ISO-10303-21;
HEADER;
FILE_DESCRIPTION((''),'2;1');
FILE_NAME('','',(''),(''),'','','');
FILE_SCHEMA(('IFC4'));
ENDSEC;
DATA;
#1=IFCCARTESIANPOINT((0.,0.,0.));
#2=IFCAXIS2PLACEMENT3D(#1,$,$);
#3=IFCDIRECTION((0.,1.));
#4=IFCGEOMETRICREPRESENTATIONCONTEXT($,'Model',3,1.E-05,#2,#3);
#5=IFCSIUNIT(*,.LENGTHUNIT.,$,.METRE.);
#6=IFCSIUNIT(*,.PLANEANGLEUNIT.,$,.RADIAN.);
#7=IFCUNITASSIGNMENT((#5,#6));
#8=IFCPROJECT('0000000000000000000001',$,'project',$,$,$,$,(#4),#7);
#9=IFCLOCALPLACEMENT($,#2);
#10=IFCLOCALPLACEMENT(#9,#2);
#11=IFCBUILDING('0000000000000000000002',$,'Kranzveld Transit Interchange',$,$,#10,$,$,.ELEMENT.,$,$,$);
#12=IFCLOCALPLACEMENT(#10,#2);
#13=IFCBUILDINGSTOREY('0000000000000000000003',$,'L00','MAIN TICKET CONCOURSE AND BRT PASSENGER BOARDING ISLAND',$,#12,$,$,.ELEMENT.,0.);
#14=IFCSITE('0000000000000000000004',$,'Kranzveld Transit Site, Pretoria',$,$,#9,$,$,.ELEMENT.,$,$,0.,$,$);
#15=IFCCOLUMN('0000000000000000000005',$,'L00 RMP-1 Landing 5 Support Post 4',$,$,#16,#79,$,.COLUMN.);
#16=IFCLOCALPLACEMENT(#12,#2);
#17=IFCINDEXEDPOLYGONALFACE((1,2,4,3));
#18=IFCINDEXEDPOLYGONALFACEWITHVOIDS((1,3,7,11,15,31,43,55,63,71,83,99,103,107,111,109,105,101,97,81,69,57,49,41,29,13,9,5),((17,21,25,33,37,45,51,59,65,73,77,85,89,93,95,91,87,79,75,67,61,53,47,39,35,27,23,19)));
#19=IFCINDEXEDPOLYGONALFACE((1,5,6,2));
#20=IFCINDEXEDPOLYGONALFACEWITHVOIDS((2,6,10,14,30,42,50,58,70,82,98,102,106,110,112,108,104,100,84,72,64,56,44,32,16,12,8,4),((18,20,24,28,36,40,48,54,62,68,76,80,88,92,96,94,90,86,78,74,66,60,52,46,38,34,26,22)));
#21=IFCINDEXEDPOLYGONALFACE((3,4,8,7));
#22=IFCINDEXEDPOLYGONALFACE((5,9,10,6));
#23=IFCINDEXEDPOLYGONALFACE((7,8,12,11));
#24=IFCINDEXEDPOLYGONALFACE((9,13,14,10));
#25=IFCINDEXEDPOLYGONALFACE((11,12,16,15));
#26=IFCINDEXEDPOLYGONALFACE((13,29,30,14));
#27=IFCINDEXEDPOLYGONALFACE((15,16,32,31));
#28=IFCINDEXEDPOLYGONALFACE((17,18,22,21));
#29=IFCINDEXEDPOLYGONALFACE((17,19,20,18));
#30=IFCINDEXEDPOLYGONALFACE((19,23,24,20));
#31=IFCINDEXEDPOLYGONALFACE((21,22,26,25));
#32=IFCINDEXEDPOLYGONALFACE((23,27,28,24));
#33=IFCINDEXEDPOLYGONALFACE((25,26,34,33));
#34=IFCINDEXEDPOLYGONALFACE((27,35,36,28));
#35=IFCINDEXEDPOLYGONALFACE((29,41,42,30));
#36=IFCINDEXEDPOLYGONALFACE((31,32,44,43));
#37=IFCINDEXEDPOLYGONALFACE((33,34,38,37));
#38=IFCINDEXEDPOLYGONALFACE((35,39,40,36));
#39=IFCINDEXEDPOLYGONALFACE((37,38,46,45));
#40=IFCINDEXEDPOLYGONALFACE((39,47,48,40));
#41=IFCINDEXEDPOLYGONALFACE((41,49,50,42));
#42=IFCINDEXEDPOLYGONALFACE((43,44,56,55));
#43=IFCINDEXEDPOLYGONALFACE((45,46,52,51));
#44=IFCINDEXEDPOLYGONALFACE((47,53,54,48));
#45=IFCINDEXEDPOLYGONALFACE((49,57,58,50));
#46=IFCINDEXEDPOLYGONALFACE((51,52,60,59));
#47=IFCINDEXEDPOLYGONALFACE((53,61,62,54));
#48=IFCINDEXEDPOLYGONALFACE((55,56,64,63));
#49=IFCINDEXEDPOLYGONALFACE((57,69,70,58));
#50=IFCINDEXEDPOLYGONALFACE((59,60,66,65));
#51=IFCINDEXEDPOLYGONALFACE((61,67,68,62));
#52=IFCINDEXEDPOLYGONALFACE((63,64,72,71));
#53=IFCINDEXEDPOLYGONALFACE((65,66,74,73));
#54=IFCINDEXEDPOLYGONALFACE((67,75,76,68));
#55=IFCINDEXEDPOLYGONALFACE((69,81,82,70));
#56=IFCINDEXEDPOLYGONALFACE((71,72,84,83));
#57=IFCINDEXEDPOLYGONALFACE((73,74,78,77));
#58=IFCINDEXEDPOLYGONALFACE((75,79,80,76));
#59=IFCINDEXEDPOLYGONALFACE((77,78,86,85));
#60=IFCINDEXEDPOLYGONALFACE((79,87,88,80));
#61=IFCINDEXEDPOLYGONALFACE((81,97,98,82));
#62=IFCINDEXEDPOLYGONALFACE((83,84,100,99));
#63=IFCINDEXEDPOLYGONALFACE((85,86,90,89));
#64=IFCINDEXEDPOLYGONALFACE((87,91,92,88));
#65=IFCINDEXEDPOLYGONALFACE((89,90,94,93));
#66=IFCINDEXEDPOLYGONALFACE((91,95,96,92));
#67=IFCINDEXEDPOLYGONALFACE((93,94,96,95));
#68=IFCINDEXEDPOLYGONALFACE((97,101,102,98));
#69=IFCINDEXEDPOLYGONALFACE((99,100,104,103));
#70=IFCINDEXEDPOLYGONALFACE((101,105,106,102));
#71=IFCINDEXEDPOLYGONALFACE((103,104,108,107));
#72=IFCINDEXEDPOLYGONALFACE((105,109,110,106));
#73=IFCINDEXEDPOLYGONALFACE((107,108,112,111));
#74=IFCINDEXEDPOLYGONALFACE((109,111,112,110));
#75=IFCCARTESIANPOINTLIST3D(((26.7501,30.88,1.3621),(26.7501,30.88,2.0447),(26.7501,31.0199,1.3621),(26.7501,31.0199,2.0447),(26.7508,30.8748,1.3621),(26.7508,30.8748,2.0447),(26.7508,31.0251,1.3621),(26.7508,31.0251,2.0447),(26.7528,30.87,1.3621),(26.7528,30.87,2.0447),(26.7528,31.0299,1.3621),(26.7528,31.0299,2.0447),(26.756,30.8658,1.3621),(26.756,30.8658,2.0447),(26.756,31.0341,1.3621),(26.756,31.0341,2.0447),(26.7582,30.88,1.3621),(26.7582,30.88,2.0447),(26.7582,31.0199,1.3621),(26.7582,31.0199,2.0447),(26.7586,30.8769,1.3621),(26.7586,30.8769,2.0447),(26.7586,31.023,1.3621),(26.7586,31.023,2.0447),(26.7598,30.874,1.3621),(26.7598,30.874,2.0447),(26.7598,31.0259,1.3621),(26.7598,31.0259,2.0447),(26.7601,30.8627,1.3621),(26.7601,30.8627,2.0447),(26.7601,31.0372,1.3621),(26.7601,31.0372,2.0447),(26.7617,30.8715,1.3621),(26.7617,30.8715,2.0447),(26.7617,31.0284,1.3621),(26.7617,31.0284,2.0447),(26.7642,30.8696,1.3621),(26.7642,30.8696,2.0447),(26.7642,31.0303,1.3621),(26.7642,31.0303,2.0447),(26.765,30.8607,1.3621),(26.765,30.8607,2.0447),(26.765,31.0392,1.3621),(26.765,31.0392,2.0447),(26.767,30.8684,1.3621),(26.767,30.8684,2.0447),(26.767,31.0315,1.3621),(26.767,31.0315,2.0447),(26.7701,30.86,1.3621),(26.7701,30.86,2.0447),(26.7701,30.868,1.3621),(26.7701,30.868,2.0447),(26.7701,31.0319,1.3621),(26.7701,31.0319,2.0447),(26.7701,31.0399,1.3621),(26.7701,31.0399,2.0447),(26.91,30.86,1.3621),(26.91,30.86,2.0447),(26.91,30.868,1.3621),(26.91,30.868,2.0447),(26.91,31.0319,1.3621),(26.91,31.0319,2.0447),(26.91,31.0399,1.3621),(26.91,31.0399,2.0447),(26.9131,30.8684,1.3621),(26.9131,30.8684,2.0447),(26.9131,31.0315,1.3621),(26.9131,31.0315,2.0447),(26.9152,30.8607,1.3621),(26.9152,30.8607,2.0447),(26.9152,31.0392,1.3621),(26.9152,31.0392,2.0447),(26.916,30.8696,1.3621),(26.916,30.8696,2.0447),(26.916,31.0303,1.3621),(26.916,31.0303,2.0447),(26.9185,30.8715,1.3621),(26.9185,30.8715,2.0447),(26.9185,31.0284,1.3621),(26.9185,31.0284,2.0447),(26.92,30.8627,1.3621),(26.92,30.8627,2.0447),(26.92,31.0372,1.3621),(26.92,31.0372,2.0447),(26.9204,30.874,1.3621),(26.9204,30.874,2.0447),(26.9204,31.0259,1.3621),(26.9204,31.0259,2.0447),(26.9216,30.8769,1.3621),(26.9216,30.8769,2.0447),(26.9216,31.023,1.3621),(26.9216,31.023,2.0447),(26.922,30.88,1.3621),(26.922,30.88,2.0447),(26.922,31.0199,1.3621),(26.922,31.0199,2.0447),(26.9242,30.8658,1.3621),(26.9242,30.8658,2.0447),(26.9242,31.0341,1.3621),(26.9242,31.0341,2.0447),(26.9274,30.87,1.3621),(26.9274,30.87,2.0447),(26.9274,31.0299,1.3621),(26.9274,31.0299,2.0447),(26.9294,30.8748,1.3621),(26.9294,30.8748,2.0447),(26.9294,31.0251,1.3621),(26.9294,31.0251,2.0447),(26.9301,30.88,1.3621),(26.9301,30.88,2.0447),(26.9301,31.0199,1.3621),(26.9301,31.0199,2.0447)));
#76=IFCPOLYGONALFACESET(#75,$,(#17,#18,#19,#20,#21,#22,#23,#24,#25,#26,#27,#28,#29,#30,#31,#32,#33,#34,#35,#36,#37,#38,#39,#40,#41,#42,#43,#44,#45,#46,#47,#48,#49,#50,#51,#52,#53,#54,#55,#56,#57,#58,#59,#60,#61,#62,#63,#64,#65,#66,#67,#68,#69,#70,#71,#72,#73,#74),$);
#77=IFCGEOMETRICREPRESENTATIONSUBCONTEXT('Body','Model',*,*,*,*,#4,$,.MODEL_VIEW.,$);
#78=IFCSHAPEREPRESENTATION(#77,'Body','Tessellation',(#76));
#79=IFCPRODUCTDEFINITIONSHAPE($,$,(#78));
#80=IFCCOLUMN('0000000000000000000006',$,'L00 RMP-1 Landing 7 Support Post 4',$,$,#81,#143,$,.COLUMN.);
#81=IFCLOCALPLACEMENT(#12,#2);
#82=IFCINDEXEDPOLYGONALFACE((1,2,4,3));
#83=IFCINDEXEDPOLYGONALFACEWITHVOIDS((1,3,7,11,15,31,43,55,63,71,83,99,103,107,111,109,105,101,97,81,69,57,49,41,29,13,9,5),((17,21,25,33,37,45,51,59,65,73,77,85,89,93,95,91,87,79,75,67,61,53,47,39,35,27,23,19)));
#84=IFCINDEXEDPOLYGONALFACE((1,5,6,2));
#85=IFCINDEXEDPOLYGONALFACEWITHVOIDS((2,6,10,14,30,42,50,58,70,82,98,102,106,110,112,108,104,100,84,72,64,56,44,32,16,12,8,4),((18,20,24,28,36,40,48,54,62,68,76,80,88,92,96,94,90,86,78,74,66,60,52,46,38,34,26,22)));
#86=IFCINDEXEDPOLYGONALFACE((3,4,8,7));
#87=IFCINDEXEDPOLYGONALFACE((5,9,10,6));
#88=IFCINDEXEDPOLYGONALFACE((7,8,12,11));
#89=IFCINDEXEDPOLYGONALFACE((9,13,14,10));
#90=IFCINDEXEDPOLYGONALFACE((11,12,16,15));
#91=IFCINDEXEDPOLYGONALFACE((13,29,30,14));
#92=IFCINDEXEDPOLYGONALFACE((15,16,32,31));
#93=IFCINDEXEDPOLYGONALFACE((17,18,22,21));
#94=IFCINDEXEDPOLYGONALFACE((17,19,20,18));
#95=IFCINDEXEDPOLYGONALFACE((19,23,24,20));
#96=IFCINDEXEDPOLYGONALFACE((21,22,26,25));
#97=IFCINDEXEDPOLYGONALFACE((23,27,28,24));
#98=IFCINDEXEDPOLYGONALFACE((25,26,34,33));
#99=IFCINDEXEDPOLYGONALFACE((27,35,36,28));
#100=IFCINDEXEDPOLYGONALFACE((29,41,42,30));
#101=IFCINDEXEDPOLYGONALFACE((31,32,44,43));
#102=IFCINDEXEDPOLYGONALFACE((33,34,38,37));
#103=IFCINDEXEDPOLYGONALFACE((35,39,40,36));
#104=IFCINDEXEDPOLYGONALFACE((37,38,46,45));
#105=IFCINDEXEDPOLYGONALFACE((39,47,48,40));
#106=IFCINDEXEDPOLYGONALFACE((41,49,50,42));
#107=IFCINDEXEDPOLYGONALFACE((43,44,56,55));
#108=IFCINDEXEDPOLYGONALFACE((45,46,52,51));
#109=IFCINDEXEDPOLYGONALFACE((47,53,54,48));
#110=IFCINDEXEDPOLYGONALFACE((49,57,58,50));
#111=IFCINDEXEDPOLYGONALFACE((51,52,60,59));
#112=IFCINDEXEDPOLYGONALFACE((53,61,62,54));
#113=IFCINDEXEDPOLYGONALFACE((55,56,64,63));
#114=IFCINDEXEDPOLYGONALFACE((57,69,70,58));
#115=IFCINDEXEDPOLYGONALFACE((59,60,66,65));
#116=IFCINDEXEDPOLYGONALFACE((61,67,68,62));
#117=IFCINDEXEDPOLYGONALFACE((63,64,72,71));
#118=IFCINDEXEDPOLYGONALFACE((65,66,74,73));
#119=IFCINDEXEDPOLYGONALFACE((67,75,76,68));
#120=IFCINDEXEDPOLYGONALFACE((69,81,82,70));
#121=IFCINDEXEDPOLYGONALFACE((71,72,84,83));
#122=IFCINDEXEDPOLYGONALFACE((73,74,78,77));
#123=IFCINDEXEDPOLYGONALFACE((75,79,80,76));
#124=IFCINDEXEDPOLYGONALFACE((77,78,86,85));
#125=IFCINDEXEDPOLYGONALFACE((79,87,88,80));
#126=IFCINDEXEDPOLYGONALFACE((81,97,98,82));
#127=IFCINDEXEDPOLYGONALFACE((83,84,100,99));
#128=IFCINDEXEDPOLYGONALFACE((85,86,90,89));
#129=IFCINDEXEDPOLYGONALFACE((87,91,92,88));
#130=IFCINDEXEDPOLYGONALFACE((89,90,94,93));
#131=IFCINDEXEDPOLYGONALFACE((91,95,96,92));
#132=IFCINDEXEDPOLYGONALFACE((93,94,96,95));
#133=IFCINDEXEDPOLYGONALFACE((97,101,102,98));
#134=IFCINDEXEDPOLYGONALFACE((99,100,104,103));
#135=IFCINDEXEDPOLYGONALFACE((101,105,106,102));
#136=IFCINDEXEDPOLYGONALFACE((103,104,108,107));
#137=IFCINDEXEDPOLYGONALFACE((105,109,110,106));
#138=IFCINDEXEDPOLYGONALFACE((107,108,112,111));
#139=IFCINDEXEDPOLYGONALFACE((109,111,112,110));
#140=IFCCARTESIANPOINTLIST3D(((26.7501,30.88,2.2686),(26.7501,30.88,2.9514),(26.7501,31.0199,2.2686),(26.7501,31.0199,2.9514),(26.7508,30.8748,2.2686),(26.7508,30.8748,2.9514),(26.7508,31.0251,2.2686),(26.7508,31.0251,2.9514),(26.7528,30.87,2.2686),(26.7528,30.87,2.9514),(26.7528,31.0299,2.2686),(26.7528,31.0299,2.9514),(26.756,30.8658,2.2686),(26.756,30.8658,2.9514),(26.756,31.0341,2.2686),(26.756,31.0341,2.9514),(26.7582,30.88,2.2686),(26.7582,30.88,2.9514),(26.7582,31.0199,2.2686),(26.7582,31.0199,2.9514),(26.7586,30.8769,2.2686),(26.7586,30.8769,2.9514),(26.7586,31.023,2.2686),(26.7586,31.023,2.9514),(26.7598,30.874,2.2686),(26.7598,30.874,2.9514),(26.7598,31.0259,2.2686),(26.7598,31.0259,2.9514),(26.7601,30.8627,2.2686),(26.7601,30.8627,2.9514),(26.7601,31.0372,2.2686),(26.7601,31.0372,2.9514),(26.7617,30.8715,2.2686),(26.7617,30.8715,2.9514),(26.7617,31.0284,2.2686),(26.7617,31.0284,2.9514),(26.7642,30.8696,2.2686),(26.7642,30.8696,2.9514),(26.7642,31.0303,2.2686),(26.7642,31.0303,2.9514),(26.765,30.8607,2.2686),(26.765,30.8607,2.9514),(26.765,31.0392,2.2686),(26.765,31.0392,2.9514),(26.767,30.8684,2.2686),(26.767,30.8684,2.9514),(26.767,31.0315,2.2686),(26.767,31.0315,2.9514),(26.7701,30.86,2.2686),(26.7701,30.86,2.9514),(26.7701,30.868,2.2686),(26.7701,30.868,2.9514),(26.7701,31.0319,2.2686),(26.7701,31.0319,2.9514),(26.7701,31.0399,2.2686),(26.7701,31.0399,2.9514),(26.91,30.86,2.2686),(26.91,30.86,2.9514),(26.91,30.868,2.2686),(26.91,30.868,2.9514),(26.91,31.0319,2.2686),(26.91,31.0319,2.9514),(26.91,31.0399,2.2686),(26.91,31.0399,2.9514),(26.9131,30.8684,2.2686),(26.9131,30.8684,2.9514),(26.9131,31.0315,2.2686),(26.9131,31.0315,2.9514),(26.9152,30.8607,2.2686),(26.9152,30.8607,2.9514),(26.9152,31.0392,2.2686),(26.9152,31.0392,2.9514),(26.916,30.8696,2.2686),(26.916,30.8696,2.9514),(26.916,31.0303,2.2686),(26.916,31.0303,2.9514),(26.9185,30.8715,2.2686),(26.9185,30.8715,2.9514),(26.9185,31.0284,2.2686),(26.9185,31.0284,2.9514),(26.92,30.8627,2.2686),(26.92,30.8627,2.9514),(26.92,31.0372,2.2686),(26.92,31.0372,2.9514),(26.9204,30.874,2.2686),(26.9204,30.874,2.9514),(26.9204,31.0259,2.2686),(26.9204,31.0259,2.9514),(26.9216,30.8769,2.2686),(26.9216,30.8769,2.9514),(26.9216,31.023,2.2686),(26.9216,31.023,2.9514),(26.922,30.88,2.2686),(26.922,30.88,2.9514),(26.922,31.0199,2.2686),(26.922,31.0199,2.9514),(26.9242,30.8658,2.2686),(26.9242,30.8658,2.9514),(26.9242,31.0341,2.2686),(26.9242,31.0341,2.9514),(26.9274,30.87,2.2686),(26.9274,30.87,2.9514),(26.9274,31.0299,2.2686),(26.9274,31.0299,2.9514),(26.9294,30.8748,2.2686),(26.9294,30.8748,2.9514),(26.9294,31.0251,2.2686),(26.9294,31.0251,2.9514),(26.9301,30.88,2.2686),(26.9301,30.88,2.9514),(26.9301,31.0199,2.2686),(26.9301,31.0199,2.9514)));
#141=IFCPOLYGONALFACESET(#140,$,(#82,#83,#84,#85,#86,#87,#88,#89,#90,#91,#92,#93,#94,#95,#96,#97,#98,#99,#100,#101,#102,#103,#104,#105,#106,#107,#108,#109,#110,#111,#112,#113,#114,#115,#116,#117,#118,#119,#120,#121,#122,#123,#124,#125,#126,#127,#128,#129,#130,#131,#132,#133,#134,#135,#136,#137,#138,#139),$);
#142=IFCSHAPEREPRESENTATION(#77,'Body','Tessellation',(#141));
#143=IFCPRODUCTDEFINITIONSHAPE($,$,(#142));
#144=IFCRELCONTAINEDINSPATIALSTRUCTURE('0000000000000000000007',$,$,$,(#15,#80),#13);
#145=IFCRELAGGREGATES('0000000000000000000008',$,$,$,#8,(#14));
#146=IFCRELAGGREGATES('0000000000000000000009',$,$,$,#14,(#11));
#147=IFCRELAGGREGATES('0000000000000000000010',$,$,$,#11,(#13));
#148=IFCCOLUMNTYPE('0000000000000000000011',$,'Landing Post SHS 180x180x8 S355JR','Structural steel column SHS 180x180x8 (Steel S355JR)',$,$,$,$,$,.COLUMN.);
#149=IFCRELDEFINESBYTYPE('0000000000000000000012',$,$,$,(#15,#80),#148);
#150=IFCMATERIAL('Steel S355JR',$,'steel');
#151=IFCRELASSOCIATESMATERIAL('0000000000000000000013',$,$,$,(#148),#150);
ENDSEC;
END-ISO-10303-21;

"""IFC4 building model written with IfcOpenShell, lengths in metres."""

from ifc_helpers import new_model, si_unit, direction, frame, origin, origin_2d, place, context, subcontext, project, spatial, hollow_rectangle, extrude, material, material_profile, profile_set, type_object, element, save


model = new_model("IFC4")

# Units and contexts
model_context = context("Model", 3, precision=1e-05, world=origin(), true_north=direction((0.0, 1.0)))
body_context = subcontext(model_context, "Body", "Model", "MODEL_VIEW")
ifc_project = project(units=[si_unit("LENGTHUNIT", "METRE"), si_unit("PLANEANGLEUNIT", "RADIAN")], contexts=[model_context])

# Site, building, storey
site_placement = place(None, origin())
site = spatial("IfcSite", under=ifc_project, at=site_placement, Name="Kranzveld Transit Site, Pretoria", CompositionType="ELEMENT", RefElevation=0.0)
building_placement = place(site_placement, origin())
building = spatial("IfcBuilding", under=site, at=building_placement, Name="Kranzveld Transit Interchange", CompositionType="ELEMENT")
storey_placement = place(building_placement, origin())
storey = spatial("IfcBuildingStorey", under=building, at=storey_placement, Name="L00", Description="MAIN TICKET CONCOURSE AND BRT PASSENGER BOARDING ISLAND", CompositionType="ELEMENT", Elevation=0.0)

# Columns
ifc_material_1 = material(Name="Steel S355JR", Category="steel")
ifc_material_profile_1 = material_profile(ifc_material_1, hollow_rectangle(XDim=0.1799, YDim=0.1799, WallThickness=0.0081, InnerFilletRadius=0.012, OuterFilletRadius=0.02, at=origin_2d()), Name="SHS 180x180x8")
ifc_profile_set_1 = profile_set([ifc_material_profile_1], Name="Steel S355JR")
column_type_1 = type_object("IfcColumnType", Name="Landing Post SHS 180x180x8 S355JR", Description="Structural steel column SHS 180x180x8 (Steel S355JR)", PredefinedType="COLUMN", material=ifc_profile_set_1)
for number, where, z_axis, x_axis, name in (
    (1, (26.8401, 30.95, 1.3621), (0.0, 0.0, 1.0), (1.0, 0.0, 0.0), "L00 RMP-1 Landing 5 Support Post 4"),
):
    element("IfcColumn", number, at=place(storey_placement, frame(where, z_axis=z_axis, x_axis=x_axis)), inside=storey, type_object=column_type_1, Name=name, PredefinedType="COLUMN", context=body_context, shape_type="SweptSolid", body=[
        extrude(hollow_rectangle(XDim=0.1799, YDim=0.1799, WallThickness=0.0081, InnerFilletRadius=0.012, OuterFilletRadius=0.02, at=origin_2d()), origin(), (0.0, 0.0, 1.0), 0.6826),
    ])
column_1_placement = place(storey_placement, frame((26.8401, 30.95, 2.2686), z_axis=(0.0, 0.0, 1.0), x_axis=(1.0, 0.0, 0.0)))
element("IfcColumn", 2, at=column_1_placement, inside=storey, type_object=column_type_1, Name="L00 RMP-1 Landing 7 Support Post 4", PredefinedType="COLUMN", context=body_context, shape_type="SweptSolid", body=[
    extrude(hollow_rectangle(XDim=0.1799, YDim=0.1799, WallThickness=0.0081, InnerFilletRadius=0.012, OuterFilletRadius=0.02, at=origin_2d()), origin(), (0.0, 0.0, 1.0), 0.6829),
])

save(model, "model.ifc")
